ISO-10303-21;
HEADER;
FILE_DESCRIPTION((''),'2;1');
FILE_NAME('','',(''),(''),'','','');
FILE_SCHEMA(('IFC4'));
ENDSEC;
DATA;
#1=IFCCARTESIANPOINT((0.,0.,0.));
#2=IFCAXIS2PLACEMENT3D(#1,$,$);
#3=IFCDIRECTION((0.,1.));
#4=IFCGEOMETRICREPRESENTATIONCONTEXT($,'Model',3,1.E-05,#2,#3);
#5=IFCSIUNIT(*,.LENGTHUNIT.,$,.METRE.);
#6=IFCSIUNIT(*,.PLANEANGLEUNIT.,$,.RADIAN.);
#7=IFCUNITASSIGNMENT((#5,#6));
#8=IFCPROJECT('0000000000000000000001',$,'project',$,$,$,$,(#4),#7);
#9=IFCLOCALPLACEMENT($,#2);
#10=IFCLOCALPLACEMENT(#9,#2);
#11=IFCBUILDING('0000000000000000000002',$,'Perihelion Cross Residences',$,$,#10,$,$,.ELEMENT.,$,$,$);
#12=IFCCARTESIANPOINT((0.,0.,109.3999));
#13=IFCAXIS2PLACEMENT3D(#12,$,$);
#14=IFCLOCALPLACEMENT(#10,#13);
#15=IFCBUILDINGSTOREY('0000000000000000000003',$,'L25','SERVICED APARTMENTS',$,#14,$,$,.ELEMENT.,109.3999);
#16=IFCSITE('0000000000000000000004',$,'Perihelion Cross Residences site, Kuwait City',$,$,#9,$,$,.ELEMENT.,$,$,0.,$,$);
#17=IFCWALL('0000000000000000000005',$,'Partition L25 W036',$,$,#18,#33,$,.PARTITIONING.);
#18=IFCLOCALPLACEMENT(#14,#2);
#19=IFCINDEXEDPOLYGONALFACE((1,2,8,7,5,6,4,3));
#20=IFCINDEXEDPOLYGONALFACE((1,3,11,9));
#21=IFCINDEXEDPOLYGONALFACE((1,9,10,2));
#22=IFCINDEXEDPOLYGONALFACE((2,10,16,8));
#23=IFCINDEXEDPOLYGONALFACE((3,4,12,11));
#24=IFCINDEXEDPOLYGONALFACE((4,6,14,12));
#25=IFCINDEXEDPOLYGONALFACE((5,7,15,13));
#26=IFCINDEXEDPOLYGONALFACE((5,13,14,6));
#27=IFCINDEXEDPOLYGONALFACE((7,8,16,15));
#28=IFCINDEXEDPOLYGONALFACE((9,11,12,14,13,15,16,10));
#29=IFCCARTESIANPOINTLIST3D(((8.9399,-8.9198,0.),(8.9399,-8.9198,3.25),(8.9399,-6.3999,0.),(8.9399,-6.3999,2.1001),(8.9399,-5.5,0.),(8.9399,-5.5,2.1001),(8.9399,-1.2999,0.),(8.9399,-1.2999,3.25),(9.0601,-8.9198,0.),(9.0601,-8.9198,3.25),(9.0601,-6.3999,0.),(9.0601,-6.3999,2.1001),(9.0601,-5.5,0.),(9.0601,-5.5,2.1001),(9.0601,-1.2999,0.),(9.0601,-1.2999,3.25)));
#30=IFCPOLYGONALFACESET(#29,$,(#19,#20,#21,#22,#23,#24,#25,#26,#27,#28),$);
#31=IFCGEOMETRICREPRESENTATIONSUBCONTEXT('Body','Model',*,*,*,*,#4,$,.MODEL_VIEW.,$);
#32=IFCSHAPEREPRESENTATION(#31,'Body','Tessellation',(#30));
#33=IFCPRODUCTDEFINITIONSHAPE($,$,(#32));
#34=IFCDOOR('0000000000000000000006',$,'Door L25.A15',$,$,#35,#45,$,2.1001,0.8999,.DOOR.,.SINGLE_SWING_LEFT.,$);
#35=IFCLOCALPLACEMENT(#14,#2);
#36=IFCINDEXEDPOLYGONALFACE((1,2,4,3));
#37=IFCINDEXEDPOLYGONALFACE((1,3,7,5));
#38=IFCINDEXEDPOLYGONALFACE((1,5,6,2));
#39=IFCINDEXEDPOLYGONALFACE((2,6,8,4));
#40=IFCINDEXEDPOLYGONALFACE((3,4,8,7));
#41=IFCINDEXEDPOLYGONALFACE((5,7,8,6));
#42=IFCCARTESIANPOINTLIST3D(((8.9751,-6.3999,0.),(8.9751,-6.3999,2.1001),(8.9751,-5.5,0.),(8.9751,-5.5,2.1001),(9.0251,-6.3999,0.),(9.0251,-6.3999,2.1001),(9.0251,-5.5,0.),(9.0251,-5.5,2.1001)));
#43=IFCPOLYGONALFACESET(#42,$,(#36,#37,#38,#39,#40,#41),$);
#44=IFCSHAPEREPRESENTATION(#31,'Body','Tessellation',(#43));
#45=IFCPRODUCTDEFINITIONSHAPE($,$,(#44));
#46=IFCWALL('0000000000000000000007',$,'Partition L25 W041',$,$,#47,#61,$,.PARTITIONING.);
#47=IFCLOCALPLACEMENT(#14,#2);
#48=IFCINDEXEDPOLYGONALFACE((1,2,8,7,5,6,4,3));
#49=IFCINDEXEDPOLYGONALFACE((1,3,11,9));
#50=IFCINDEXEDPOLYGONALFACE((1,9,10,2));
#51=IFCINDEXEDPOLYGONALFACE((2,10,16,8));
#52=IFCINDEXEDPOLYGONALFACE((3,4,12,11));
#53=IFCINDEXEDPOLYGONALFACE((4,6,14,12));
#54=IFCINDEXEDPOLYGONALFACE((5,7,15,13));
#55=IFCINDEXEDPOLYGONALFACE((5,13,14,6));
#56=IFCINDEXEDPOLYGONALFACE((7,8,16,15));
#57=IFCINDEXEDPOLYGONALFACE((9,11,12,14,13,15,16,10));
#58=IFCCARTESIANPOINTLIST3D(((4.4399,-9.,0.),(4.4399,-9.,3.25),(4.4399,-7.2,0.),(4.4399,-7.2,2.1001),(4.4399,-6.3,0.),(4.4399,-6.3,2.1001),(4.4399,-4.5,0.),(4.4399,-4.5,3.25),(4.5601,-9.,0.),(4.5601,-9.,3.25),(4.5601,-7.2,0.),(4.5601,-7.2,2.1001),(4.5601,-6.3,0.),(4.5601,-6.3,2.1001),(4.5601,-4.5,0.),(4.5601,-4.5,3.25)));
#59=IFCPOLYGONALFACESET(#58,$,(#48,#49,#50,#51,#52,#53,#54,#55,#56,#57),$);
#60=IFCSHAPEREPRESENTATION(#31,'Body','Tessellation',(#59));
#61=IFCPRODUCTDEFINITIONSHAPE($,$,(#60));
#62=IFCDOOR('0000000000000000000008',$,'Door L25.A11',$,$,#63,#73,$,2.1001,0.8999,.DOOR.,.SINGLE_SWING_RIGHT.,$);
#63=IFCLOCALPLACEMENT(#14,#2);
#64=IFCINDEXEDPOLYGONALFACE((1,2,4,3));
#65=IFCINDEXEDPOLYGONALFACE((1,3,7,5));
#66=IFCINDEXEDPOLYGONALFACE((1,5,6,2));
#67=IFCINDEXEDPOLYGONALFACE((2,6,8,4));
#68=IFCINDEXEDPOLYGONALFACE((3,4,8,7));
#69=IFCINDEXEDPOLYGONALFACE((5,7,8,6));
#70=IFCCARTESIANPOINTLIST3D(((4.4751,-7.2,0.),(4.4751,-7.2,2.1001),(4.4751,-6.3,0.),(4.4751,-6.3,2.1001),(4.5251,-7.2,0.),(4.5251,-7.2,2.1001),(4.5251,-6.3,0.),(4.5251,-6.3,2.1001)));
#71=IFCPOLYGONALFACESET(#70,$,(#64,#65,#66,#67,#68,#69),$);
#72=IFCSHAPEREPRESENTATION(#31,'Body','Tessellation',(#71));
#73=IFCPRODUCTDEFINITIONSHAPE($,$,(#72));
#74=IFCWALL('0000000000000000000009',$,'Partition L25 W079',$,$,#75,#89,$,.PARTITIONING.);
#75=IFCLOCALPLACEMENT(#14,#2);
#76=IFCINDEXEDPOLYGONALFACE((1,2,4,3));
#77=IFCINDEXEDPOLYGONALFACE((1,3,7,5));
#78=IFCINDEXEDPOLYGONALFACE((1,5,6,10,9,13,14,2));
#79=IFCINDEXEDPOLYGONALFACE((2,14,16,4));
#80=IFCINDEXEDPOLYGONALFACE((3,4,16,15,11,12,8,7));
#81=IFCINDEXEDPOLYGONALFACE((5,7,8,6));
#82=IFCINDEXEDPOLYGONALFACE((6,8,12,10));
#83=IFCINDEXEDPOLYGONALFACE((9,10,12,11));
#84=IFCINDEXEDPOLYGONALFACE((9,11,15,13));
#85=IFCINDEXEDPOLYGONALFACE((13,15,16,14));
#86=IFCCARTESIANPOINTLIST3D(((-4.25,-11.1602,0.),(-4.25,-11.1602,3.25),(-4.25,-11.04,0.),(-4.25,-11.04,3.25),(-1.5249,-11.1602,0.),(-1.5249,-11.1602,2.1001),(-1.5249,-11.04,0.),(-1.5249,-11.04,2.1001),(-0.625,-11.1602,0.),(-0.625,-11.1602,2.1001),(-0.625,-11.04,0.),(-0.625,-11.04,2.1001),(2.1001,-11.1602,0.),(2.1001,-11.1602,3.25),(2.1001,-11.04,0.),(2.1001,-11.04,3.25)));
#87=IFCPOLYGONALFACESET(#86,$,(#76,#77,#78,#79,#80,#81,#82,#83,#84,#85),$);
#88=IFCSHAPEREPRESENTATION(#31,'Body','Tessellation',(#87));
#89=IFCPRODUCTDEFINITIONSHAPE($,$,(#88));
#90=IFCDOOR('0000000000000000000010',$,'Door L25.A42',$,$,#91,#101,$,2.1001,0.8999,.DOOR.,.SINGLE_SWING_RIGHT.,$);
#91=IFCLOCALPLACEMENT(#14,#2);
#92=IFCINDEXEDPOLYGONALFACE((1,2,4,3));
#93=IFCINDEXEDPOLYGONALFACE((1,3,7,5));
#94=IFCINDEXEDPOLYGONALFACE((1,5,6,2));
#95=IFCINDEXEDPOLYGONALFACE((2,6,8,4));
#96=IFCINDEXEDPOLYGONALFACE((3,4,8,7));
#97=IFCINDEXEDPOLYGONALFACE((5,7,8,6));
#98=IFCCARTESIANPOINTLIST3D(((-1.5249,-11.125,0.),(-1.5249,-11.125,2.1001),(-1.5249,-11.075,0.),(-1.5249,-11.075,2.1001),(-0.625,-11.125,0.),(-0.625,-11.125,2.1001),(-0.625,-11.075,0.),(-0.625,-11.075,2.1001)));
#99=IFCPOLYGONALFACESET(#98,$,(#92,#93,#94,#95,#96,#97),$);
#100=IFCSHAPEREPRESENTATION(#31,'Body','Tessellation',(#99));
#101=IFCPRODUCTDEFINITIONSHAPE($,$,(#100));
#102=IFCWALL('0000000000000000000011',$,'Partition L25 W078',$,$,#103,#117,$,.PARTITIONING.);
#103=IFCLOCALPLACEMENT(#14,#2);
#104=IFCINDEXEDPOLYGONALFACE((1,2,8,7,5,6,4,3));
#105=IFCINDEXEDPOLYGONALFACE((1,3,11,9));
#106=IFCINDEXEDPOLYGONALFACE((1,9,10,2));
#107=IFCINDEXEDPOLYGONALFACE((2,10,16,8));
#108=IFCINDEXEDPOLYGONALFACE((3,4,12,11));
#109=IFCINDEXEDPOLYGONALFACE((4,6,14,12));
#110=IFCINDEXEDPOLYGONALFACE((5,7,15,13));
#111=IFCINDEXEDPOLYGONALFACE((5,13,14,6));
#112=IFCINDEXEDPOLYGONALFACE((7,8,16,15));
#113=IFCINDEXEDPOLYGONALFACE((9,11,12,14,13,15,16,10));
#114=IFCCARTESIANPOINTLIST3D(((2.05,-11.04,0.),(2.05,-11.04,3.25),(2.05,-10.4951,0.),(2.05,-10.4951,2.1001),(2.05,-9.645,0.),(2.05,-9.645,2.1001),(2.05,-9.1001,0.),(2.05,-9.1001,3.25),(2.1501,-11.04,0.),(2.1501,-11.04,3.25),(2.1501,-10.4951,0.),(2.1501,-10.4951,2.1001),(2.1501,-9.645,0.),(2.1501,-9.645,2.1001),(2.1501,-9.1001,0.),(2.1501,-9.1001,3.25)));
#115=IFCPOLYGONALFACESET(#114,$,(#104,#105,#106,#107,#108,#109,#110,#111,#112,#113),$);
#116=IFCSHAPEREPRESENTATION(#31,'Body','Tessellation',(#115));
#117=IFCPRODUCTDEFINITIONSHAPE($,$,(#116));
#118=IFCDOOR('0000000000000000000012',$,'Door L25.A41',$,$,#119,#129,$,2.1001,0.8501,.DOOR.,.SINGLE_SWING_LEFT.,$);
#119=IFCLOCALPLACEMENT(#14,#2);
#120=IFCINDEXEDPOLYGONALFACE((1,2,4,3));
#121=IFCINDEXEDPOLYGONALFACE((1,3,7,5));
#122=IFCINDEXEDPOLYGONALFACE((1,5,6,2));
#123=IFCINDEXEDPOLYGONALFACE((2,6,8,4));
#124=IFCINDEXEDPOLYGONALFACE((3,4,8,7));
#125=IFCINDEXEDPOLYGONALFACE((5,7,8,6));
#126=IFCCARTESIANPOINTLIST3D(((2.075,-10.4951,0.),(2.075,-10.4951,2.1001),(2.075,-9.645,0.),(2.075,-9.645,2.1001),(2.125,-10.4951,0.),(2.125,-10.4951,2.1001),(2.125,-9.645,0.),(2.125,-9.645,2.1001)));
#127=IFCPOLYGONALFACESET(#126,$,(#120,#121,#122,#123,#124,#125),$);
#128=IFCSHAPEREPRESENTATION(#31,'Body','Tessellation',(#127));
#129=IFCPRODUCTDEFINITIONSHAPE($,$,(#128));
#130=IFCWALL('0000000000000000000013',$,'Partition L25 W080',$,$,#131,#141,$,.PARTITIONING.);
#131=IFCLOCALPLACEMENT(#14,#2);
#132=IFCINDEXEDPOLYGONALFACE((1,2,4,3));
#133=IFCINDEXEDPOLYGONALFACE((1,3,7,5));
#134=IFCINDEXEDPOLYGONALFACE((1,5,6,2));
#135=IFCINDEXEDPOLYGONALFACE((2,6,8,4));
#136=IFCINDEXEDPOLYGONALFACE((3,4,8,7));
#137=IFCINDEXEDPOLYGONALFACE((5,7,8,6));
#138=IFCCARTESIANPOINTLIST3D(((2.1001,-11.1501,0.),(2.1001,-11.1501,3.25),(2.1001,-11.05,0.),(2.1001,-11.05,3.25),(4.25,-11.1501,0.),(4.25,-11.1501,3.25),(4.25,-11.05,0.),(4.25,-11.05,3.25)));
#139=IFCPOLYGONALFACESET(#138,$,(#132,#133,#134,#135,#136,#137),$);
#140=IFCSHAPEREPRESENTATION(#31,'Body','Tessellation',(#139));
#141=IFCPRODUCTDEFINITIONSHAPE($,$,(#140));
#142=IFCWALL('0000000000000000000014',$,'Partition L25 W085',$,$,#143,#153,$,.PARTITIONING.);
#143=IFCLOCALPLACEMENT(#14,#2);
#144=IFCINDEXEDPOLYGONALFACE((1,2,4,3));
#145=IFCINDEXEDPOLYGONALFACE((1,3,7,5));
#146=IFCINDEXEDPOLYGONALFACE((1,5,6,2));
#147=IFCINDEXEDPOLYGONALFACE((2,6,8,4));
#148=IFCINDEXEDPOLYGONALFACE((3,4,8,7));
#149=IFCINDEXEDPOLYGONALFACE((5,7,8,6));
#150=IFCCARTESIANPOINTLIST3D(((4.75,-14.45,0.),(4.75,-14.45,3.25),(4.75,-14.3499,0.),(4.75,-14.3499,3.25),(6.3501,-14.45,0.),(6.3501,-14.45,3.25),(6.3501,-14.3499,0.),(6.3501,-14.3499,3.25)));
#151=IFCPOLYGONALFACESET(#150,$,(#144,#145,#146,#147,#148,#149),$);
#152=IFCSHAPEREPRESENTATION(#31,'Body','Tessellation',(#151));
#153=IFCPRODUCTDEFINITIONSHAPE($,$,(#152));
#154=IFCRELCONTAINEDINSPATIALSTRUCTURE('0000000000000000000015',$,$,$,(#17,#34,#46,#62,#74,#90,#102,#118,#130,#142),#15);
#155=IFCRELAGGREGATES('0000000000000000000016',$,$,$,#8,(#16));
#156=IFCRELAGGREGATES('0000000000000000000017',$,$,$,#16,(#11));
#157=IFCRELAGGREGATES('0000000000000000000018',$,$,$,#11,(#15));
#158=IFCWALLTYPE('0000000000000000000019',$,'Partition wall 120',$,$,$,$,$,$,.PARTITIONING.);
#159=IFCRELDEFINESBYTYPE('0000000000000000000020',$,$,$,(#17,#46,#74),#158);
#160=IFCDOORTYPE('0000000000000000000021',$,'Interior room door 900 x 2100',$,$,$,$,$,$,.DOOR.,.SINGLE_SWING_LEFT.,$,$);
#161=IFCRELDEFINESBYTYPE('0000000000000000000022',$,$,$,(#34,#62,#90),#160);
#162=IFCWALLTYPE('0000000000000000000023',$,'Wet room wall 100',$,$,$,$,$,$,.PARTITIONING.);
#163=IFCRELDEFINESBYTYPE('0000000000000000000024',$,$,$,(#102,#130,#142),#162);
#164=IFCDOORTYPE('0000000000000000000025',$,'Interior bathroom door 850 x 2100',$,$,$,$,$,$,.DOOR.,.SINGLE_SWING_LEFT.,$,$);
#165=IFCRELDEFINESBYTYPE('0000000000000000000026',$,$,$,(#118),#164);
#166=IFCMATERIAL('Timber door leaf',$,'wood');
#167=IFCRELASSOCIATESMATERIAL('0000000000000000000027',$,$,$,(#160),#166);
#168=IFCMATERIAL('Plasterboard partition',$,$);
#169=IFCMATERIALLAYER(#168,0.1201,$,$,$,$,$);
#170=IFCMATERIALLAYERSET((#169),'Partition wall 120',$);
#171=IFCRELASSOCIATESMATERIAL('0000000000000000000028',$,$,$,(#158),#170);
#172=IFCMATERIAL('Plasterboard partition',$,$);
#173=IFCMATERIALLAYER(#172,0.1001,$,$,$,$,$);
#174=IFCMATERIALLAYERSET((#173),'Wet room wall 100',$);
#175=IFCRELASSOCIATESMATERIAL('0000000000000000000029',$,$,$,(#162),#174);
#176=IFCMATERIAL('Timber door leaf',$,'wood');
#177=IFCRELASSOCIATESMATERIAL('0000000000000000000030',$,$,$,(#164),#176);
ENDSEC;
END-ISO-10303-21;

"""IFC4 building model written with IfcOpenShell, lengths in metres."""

from ifc_helpers import new_model, si_unit, direction, frame, frame_2d, origin, place, context, subcontext, project, spatial, rectangle, extrude, material, layer, layer_set, type_object, element, fill, save


model = new_model("IFC4")

# Units and contexts
model_context = context("Model", 3, precision=1e-05, world=origin(), true_north=direction((0.0, 1.0)))
body_context = subcontext(model_context, "Body", "Model", "MODEL_VIEW")
ifc_project = project(units=[si_unit("LENGTHUNIT", "METRE"), si_unit("PLANEANGLEUNIT", "RADIAN")], contexts=[model_context])

# Site, building, storey
site_placement = place(None, origin())
site = spatial("IfcSite", under=ifc_project, at=site_placement, Name="Perihelion Cross Residences site, Kuwait City", CompositionType="ELEMENT", RefElevation=0.0)
building_placement = place(site_placement, origin())
building = spatial("IfcBuilding", under=site, at=building_placement, Name="Perihelion Cross Residences", CompositionType="ELEMENT")
storey_placement = place(building_placement, frame((0.0, 0.0, 109.3999)))
storey = spatial("IfcBuildingStorey", under=building, at=storey_placement, Name="L25", Description="SERVICED APARTMENTS", CompositionType="ELEMENT", Elevation=109.3999)

# Shared definitions
ifc_material_1 = material(Name="Timber door leaf", Category="wood")
door_type_1 = type_object("IfcDoorType", Name="Interior room door 900 x 2100", OperationType="SINGLE_SWING_LEFT", PredefinedType="DOOR", material=ifc_material_1)

# Shared definitions
ifc_material_2 = material(Name="Plasterboard partition")
ifc_layer_1 = layer(ifc_material_2, 0.1201)
ifc_layer_set_1 = layer_set([ifc_layer_1], Name="Partition wall 120")
wall_type_1 = type_object("IfcWallType", Name="Partition wall 120", PredefinedType="PARTITIONING", material=ifc_layer_set_1)

# Walls, openings, doors
wall_1_placement = place(storey_placement, frame((9.0, -8.9199, 0.0), z_axis=(0.0, 0.0, 1.0), x_axis=(0.0, 1.0, 0.0)))
wall_1 = element("IfcWall", 1, at=wall_1_placement, inside=storey, type_object=wall_type_1, Name="Partition L25 W036", PredefinedType="PARTITIONING", context=body_context, shape_type="SweptSolid", body=[
    extrude(rectangle(XDim=7.6199, YDim=0.1201, at=frame_2d((3.8101, 0.0))), origin(), (0.0, 0.0, 1.0), 3.25),
])
opening_1_placement = place(wall_1_placement, frame((2.52, 0.0, 0.0)))
opening_1 = element("IfcOpeningElement", 2, at=opening_1_placement, cuts=wall_1, PredefinedType="OPENING", context=body_context, shape_type="SweptSolid", body=[
    extrude(rectangle(XDim=0.8999, YDim=2.1001, at=frame_2d((0.45, 1.05))), frame((0.0, 0.0701, 0.0), z_axis=(0.0, -1.0, 0.0), x_axis=(1.0, 0.0, 0.0)), (0.0, 0.0, 1.0), 0.1401),
])
door_1_placement = place(opening_1_placement, origin())
door_1 = element("IfcDoor", 3, at=door_1_placement, inside=storey, type_object=door_type_1, Name="Door L25.A15", OperationType="SINGLE_SWING_LEFT", OverallHeight=2.1001, OverallWidth=0.8999, PredefinedType="DOOR", context=body_context, shape_type="SweptSolid", body=[
    extrude(rectangle(XDim=0.8999, YDim=2.1001, at=frame_2d((0.45, 1.05))), frame((0.0, 0.0249, 0.0), z_axis=(0.0, -1.0, 0.0), x_axis=(1.0, 0.0, 0.0)), (0.0, 0.0, 1.0), 0.05),
])
fill(opening_1, door_1)
wall_2_placement = place(storey_placement, frame((4.5, -9.0, 0.0), z_axis=(0.0, 0.0, 1.0), x_axis=(0.0, 1.0, 0.0)))
wall_2 = element("IfcWall", 4, at=wall_2_placement, inside=storey, type_object=wall_type_1, Name="Partition L25 W041", PredefinedType="PARTITIONING", context=body_context, shape_type="SweptSolid", body=[
    extrude(rectangle(XDim=4.5, YDim=0.1201, at=frame_2d((2.25, 0.0))), origin(), (0.0, 0.0, 1.0), 3.25),
])
opening_2_placement = place(wall_2_placement, frame((1.8, 0.0, 0.0)))
opening_2 = element("IfcOpeningElement", 5, at=opening_2_placement, cuts=wall_2, PredefinedType="OPENING", context=body_context, shape_type="SweptSolid", body=[
    extrude(rectangle(XDim=0.8999, YDim=2.1001, at=frame_2d((0.45, 1.05))), frame((0.0, 0.0701, 0.0), z_axis=(0.0, -1.0, 0.0), x_axis=(1.0, 0.0, 0.0)), (0.0, 0.0, 1.0), 0.1401),
])
door_2_placement = place(opening_2_placement, origin())
door_2 = element("IfcDoor", 6, at=door_2_placement, inside=storey, type_object=door_type_1, Name="Door L25.A11", OperationType="SINGLE_SWING_RIGHT", OverallHeight=2.1001, OverallWidth=0.8999, PredefinedType="DOOR", context=body_context, shape_type="SweptSolid", body=[
    extrude(rectangle(XDim=0.8999, YDim=2.1001, at=frame_2d((0.45, 1.05))), frame((0.0, 0.0249, 0.0), z_axis=(0.0, -1.0, 0.0), x_axis=(1.0, 0.0, 0.0)), (0.0, 0.0, 1.0), 0.05),
])
fill(opening_2, door_2)
wall_3_placement = place(storey_placement, frame((2.1001, -11.1001, 0.0), z_axis=(0.0, 0.0, 1.0), x_axis=(-1.0, 0.0, 0.0)))
wall_3 = element("IfcWall", 7, at=wall_3_placement, inside=storey, type_object=wall_type_1, Name="Partition L25 W079", PredefinedType="PARTITIONING", context=body_context, shape_type="SweptSolid", body=[
    extrude(rectangle(XDim=6.3501, YDim=0.1201, at=frame_2d((3.175, 0.0))), origin(), (0.0, 0.0, 1.0), 3.25),
])
opening_3_placement = place(wall_3_placement, frame((2.7251, 0.0, 0.0)))
opening_3 = element("IfcOpeningElement", 8, at=opening_3_placement, cuts=wall_3, PredefinedType="OPENING", context=body_context, shape_type="SweptSolid", body=[
    extrude(rectangle(XDim=0.8999, YDim=2.1001, at=frame_2d((0.45, 1.05))), frame((0.0, 0.0701, 0.0), z_axis=(0.0, -1.0, 0.0), x_axis=(1.0, 0.0, 0.0)), (0.0, 0.0, 1.0), 0.1401),
])
door_3_placement = place(opening_3_placement, origin())
door_3 = element("IfcDoor", 9, at=door_3_placement, inside=storey, type_object=door_type_1, Name="Door L25.A42", OperationType="SINGLE_SWING_RIGHT", OverallHeight=2.1001, OverallWidth=0.8999, PredefinedType="DOOR", context=body_context, shape_type="SweptSolid", body=[
    extrude(rectangle(XDim=0.8999, YDim=2.1001, at=frame_2d((0.45, 1.05))), frame((0.0, 0.0249, 0.0), z_axis=(0.0, -1.0, 0.0), x_axis=(1.0, 0.0, 0.0)), (0.0, 0.0, 1.0), 0.05),
])
fill(opening_3, door_3)
ifc_material_3 = material(Name="Plasterboard partition")
ifc_layer_2 = layer(ifc_material_3, 0.1001)
ifc_layer_set_2 = layer_set([ifc_layer_2], Name="Wet room wall 100")
wall_type_2 = type_object("IfcWallType", Name="Wet room wall 100", PredefinedType="PARTITIONING", material=ifc_layer_set_2)
wall_4_placement = place(storey_placement, frame((2.1001, -9.1001, 0.0), z_axis=(0.0, 0.0, 1.0), x_axis=(0.0, -1.0, 0.0)))
wall_4 = element("IfcWall", 10, at=wall_4_placement, inside=storey, type_object=wall_type_2, Name="Partition L25 W078", PredefinedType="PARTITIONING", context=body_context, shape_type="SweptSolid", body=[
    extrude(rectangle(XDim=1.9399, YDim=0.1001, at=frame_2d((0.97, 0.0))), origin(), (0.0, 0.0, 1.0), 3.25),
])
opening_4_placement = place(wall_4_placement, frame((0.5449, 0.0, 0.0)))
opening_4 = element("IfcOpeningElement", 11, at=opening_4_placement, cuts=wall_4, PredefinedType="OPENING", context=body_context, shape_type="SweptSolid", body=[
    extrude(rectangle(XDim=0.8501, YDim=2.1001, at=frame_2d((0.425, 1.05))), frame((0.0, 0.0601, 0.0), z_axis=(0.0, -1.0, 0.0), x_axis=(1.0, 0.0, 0.0)), (0.0, 0.0, 1.0), 0.1201),
])
ifc_material_4 = material(Name="Timber door leaf", Category="wood")
door_type_2 = type_object("IfcDoorType", Name="Interior bathroom door 850 x 2100", OperationType="SINGLE_SWING_LEFT", PredefinedType="DOOR", material=ifc_material_4)
door_4_placement = place(opening_4_placement, origin())
door_4 = element("IfcDoor", 12, at=door_4_placement, inside=storey, type_object=door_type_2, Name="Door L25.A41", OperationType="SINGLE_SWING_LEFT", OverallHeight=2.1001, OverallWidth=0.8501, PredefinedType="DOOR", context=body_context, shape_type="SweptSolid", body=[
    extrude(rectangle(XDim=0.8501, YDim=2.1001, at=frame_2d((0.425, 1.05))), frame((0.0, 0.0249, 0.0), z_axis=(0.0, -1.0, 0.0), x_axis=(1.0, 0.0, 0.0)), (0.0, 0.0, 1.0), 0.05),
])
fill(opening_4, door_4)

# Walls
wall_5_placement = place(storey_placement, frame((4.25, -11.1001, 0.0), z_axis=(0.0, 0.0, 1.0), x_axis=(-1.0, 0.0, 0.0)))
element("IfcWall", 13, at=wall_5_placement, inside=storey, type_object=wall_type_2, Name="Partition L25 W080", PredefinedType="PARTITIONING", context=body_context, shape_type="SweptSolid", body=[
    extrude(rectangle(XDim=2.1499, YDim=0.1001, at=frame_2d((1.075, 0.0))), origin(), (0.0, 0.0, 1.0), 3.25),
])
wall_6_placement = place(storey_placement, frame((6.3501, -14.3999, 0.0), z_axis=(0.0, 0.0, 1.0), x_axis=(-1.0, 0.0, 0.0)))
element("IfcWall", 14, at=wall_6_placement, inside=storey, type_object=wall_type_2, Name="Partition L25 W085", PredefinedType="PARTITIONING", context=body_context, shape_type="SweptSolid", body=[
    extrude(rectangle(XDim=1.6001, YDim=0.1001, at=frame_2d((0.8, 0.0))), origin(), (0.0, 0.0, 1.0), 3.25),
])

save(model, "model.ifc")
